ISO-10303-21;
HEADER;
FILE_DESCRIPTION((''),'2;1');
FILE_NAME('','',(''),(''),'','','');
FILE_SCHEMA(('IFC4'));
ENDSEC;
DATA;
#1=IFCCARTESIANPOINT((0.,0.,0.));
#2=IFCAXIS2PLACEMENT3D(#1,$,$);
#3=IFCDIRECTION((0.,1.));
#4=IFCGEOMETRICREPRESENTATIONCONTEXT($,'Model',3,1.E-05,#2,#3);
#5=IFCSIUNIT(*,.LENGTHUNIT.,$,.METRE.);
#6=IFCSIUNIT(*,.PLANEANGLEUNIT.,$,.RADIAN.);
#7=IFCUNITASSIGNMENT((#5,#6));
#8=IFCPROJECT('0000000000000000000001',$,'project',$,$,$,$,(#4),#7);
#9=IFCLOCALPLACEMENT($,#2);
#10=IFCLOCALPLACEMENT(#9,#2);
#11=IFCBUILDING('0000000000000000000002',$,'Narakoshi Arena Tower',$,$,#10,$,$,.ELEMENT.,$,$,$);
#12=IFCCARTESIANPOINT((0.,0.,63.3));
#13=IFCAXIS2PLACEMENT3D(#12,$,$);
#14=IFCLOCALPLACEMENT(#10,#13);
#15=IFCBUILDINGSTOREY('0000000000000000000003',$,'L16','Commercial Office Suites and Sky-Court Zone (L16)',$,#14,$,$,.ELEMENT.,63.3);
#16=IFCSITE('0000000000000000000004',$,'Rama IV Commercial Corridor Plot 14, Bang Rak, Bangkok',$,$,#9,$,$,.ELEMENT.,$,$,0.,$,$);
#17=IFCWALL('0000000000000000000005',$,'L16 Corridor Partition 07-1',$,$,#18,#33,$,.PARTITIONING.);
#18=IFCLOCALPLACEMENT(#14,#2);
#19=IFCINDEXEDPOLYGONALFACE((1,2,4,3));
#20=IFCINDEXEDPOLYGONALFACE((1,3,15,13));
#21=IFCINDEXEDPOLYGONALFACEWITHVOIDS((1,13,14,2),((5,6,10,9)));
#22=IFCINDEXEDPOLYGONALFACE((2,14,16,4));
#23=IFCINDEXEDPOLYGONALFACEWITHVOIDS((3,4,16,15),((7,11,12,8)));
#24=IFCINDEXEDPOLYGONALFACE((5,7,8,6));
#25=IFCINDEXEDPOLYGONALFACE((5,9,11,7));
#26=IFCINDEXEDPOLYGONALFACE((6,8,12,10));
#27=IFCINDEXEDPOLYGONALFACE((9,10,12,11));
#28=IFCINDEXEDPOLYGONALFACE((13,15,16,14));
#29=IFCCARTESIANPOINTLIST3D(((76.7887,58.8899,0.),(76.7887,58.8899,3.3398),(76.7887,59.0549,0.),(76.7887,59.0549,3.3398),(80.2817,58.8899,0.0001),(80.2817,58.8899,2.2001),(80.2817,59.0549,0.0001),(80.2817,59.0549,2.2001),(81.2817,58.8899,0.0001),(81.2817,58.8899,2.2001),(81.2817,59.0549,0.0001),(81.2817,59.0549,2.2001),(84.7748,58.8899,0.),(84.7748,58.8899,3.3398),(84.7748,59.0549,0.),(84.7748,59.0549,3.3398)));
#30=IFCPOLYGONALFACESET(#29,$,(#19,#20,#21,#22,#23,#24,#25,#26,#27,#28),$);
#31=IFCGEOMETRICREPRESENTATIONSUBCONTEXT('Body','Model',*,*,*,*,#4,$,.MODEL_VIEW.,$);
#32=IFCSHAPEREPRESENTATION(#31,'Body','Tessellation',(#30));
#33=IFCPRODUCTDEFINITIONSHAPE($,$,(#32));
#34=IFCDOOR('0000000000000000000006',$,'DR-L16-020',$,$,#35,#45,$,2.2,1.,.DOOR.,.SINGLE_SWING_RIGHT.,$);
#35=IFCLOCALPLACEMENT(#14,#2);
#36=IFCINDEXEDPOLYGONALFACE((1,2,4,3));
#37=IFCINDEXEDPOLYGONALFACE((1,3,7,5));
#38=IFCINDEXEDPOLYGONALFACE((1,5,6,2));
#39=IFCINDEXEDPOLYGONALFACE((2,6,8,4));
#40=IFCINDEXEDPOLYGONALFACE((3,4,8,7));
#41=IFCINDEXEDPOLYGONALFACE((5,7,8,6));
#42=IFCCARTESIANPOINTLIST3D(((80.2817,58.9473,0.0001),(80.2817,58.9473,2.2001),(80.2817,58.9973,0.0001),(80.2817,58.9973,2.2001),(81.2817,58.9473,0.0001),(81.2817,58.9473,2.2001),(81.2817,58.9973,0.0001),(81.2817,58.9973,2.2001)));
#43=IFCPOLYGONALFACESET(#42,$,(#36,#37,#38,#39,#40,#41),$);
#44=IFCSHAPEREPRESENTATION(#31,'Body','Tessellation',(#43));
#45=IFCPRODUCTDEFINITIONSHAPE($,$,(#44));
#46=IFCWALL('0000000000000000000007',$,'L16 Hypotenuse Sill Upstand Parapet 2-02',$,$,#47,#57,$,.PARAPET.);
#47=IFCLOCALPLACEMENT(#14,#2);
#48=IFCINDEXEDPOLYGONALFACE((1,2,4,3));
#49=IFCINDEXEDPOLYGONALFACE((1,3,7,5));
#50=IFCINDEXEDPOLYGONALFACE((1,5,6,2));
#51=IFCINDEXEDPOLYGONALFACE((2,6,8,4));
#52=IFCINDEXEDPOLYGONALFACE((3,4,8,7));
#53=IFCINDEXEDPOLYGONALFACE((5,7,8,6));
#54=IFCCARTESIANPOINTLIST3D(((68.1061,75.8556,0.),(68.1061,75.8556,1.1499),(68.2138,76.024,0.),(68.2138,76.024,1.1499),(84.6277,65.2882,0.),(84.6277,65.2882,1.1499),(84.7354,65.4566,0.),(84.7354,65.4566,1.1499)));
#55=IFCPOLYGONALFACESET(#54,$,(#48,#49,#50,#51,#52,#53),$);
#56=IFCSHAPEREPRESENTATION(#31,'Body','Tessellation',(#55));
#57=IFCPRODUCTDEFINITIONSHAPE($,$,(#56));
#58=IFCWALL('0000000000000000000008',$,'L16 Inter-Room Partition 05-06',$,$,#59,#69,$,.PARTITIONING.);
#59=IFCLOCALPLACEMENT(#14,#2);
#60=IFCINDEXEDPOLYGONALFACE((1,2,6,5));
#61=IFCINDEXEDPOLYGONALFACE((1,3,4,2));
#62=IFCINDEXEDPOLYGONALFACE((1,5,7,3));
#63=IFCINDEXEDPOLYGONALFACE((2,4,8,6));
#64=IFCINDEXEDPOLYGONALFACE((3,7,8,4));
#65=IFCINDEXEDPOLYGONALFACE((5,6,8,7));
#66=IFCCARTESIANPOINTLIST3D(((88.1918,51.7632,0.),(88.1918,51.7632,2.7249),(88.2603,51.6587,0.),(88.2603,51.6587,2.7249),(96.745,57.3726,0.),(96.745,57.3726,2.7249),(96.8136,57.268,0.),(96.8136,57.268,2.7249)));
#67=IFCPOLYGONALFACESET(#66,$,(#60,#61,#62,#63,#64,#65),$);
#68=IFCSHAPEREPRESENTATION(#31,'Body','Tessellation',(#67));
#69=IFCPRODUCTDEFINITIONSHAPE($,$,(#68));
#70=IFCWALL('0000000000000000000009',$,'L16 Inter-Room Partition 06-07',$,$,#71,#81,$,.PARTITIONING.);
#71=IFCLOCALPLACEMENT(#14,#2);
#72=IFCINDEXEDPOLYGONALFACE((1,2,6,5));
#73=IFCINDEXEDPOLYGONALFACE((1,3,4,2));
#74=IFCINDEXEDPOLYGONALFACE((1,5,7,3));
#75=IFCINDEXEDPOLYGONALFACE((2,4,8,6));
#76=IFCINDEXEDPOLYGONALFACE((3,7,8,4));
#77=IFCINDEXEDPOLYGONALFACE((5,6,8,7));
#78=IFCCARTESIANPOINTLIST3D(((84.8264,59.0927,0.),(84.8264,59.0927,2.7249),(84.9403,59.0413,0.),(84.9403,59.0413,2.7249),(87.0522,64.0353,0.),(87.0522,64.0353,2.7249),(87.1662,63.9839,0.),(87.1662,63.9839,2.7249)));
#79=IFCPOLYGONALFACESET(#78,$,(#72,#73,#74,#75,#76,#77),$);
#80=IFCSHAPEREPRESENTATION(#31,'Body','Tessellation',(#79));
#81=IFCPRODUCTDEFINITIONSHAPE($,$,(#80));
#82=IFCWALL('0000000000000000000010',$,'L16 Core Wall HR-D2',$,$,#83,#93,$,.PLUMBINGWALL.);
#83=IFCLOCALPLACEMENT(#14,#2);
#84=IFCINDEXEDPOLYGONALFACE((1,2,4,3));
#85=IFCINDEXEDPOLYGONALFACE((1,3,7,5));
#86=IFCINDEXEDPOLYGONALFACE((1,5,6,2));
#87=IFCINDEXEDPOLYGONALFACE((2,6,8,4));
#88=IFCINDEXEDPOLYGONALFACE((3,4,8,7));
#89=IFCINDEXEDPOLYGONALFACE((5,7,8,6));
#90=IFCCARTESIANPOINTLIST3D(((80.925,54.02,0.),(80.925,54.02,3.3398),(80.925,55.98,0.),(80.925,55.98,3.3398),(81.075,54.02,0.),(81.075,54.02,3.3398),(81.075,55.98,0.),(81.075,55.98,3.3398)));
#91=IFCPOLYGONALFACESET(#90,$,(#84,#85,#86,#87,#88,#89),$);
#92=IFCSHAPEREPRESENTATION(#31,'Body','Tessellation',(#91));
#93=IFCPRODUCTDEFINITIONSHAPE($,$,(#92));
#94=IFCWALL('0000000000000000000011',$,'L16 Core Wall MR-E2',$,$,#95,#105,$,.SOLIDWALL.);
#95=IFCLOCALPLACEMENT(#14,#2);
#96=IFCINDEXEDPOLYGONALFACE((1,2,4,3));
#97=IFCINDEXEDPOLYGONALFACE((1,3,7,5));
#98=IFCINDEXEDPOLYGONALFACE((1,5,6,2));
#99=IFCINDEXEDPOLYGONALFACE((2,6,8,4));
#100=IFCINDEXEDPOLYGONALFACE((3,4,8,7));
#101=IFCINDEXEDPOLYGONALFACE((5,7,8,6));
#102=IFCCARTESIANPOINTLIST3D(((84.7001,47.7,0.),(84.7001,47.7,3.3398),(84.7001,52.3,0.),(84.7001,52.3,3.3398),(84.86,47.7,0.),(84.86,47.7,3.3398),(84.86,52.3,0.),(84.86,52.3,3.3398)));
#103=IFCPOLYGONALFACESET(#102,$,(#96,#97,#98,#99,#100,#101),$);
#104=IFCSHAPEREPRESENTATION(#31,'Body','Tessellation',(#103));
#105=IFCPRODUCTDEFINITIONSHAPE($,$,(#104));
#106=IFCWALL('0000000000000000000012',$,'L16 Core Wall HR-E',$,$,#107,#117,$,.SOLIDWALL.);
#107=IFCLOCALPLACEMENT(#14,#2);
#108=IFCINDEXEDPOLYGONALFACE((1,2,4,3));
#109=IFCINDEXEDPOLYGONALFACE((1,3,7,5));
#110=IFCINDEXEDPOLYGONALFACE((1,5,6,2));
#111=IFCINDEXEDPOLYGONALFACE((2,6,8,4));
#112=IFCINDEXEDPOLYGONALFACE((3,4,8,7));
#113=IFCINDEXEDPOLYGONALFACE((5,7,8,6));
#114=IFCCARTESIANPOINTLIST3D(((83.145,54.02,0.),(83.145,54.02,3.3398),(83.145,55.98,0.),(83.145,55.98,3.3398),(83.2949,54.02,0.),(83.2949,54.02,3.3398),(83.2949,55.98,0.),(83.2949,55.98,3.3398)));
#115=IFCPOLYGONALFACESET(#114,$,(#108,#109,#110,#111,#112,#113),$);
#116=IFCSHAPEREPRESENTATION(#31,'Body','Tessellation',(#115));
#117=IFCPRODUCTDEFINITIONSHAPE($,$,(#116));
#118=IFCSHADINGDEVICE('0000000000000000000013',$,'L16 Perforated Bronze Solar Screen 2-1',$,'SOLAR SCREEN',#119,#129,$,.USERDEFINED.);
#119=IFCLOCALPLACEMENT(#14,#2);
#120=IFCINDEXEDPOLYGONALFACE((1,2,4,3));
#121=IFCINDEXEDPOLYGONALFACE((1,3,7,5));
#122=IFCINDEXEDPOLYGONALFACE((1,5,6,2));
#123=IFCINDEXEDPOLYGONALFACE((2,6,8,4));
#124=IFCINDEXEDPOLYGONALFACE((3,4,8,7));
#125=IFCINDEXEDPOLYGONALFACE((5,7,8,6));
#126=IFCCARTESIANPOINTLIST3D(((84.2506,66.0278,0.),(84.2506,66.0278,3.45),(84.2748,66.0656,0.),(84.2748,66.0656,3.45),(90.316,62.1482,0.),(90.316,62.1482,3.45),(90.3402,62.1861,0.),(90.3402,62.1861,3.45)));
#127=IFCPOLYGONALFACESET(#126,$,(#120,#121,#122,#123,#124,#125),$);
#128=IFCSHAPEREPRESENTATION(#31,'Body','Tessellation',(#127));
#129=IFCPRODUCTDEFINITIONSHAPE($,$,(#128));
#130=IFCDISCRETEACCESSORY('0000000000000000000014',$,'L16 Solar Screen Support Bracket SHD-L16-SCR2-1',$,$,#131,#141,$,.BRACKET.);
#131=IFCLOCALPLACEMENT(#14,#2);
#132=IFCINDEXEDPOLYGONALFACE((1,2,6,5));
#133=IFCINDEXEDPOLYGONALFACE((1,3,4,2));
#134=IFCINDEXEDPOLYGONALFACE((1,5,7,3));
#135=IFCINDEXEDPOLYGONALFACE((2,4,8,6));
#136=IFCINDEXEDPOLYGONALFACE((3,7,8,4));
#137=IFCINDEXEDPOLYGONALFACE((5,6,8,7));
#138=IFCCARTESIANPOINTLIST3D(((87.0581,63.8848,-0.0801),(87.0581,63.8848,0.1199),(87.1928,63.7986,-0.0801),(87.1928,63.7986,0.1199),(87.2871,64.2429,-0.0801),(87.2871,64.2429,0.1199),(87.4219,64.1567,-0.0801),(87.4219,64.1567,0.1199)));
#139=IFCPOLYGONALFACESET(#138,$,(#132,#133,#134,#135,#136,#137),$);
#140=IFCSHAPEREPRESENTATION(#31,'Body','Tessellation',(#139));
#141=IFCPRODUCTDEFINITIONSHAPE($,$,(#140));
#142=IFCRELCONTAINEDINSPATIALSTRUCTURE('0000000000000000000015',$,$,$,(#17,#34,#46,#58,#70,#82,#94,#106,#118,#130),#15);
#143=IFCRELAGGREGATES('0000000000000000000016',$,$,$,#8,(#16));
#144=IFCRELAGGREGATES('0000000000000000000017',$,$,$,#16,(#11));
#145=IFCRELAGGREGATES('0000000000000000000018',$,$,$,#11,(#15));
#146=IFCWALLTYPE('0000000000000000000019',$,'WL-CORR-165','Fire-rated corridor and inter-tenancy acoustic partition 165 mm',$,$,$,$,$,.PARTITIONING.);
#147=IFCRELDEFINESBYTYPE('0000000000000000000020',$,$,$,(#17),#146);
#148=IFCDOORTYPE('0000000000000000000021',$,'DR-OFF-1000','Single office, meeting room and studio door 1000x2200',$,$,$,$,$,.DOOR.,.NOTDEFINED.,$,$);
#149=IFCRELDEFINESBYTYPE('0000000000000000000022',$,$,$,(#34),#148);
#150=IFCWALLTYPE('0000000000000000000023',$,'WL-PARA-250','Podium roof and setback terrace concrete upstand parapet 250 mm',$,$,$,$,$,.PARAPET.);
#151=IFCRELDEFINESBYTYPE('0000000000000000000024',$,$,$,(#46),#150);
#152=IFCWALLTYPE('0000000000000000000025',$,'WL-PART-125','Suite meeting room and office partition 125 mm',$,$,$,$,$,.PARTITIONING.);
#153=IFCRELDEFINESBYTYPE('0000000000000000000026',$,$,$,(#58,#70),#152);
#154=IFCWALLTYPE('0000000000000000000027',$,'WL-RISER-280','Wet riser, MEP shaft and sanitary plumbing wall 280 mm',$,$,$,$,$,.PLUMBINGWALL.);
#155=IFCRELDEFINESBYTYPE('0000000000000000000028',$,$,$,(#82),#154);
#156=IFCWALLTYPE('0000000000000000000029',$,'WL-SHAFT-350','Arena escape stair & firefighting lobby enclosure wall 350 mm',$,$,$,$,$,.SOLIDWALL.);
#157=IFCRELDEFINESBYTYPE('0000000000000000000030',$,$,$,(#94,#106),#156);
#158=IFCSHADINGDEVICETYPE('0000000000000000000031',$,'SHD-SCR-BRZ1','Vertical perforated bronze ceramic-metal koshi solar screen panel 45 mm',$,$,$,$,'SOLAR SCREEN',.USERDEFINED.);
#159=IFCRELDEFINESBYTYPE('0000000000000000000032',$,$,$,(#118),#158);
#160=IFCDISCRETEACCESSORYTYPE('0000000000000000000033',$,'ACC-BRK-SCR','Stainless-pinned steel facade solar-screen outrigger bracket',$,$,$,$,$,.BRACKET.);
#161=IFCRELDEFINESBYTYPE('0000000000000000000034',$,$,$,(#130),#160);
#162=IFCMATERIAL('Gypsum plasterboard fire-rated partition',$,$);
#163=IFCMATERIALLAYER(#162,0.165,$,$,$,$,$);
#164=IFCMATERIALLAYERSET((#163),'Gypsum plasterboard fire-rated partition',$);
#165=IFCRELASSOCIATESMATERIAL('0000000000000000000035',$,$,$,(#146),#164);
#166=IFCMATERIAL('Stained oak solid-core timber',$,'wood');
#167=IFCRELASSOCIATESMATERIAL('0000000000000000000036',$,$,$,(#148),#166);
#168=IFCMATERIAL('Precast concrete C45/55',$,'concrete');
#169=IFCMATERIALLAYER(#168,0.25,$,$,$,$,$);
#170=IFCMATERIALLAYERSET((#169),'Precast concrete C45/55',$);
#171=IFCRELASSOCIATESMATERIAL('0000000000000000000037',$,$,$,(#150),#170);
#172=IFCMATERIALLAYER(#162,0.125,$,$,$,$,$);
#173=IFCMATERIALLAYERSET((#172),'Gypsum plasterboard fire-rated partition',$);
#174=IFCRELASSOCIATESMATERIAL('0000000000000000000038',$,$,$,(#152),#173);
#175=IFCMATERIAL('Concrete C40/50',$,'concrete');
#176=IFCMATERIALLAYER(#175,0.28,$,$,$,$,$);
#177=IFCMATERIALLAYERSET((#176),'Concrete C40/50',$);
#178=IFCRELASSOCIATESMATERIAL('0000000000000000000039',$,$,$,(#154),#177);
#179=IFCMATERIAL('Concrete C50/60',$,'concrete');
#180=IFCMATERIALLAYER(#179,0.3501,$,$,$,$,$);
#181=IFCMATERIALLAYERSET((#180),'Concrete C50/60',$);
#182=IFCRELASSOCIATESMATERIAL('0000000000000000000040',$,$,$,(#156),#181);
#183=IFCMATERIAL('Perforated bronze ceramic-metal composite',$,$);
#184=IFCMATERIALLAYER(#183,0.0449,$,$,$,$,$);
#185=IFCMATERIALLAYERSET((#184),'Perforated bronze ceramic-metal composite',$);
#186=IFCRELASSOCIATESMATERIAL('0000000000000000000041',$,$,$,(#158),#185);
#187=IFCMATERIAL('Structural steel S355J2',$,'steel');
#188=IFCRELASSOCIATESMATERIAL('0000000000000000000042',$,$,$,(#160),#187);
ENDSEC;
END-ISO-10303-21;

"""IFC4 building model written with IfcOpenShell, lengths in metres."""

from ifc_helpers import new_model, si_unit, direction, frame, frame_2d, origin, origin_2d, place, context, subcontext, project, spatial, rectangle, extrude, material, layer, layer_set, type_object, element, fill, save


model = new_model("IFC4")

# Units and contexts
model_context = context("Model", 3, precision=1e-05, world=origin(), true_north=direction((0.0, 1.0)))
body_context = subcontext(model_context, "Body", "Model", "MODEL_VIEW")
ifc_project = project(units=[si_unit("LENGTHUNIT", "METRE"), si_unit("PLANEANGLEUNIT", "RADIAN")], contexts=[model_context])

# Site, building, storey
site_placement = place(None, origin())
site = spatial("IfcSite", under=ifc_project, at=site_placement, Name="Rama IV Commercial Corridor Plot 14, Bang Rak, Bangkok", CompositionType="ELEMENT", RefElevation=0.0)
building_placement = place(site_placement, origin())
building = spatial("IfcBuilding", under=site, at=building_placement, Name="Narakoshi Arena Tower", CompositionType="ELEMENT")
storey_placement = place(building_placement, frame((0.0, 0.0, 63.3)))
storey = spatial("IfcBuildingStorey", under=building, at=storey_placement, Name="L16", Description="Commercial Office Suites and Sky-Court Zone (L16)", CompositionType="ELEMENT", Elevation=63.3)

# Shared definitions
ifc_material_1 = material(Name="Structural steel S355J2", Category="steel")

# Shared definitions
ifc_material_2 = material(Name="Gypsum plasterboard fire-rated partition")
ifc_layer_1 = layer(ifc_material_2, 0.165)
ifc_layer_set_1 = layer_set([ifc_layer_1], Name="Gypsum plasterboard fire-rated partition")
wall_type_1 = type_object("IfcWallType", Name="WL-CORR-165", Description="Fire-rated corridor and inter-tenancy acoustic partition 165 mm", PredefinedType="PARTITIONING", material=ifc_layer_set_1)
ifc_material_3 = material(Name="Stained oak solid-core timber", Category="wood")
door_type = type_object("IfcDoorType", Name="DR-OFF-1000", Description="Single office, meeting room and studio door 1000x2200", OperationType="NOTDEFINED", PredefinedType="DOOR", material=ifc_material_3)

# Wall, opening, door
wall_1_placement = place(storey_placement, frame((84.7749, 58.9724, 0.0), z_axis=(0.0, 0.0, 1.0), x_axis=(-1.0, 0.0, 0.0)))
wall_1 = element("IfcWall", 1, at=wall_1_placement, inside=storey, type_object=wall_type_1, Name="L16 Corridor Partition 07-1", PredefinedType="PARTITIONING", context=body_context, shape_type="SweptSolid", body=[
    extrude(rectangle(XDim=7.9861, YDim=0.165, at=frame_2d((3.9932, 0.0))), origin(), (0.0, 0.0, 1.0), 3.3398),
])
opening_1_placement = place(wall_1_placement, frame((3.4932, 0.0, 0.0)))
opening_1 = element("IfcOpeningElement", 2, at=opening_1_placement, cuts=wall_1, PredefinedType="OPENING", context=body_context, shape_type="SweptSolid", body=[
    extrude(rectangle(XDim=1.0, YDim=2.2, at=frame_2d((0.5, 1.1001))), frame((0.0, 0.0925, 0.0), z_axis=(0.0, -1.0, 0.0), x_axis=(1.0, 0.0, 0.0)), (0.0, 0.0, 1.0), 0.1851),
])
door_1_placement = place(opening_1_placement, frame((1.0, 0.0, 0.0), z_axis=(0.0, 0.0, 1.0), x_axis=(-1.0, 0.0, 0.0)))
door_1 = element("IfcDoor", 3, at=door_1_placement, inside=storey, type_object=door_type, Name="DR-L16-020", OperationType="SINGLE_SWING_RIGHT", OverallHeight=2.2, OverallWidth=1.0, PredefinedType="DOOR", context=body_context, shape_type="SweptSolid", body=[
    extrude(rectangle(XDim=1.0, YDim=2.2, at=frame_2d((0.5, 1.1001))), frame((0.0, 0.0249, 0.0), z_axis=(0.0, -1.0, 0.0), x_axis=(1.0, 0.0, 0.0)), (0.0, 0.0, 1.0), 0.05),
])
fill(opening_1, door_1)

# Walls
ifc_material_4 = material(Name="Precast concrete C45/55", Category="concrete")
ifc_layer_2 = layer(ifc_material_4, 0.25)
ifc_layer_set_2 = layer_set([ifc_layer_2], Name="Precast concrete C45/55")
wall_type_2 = type_object("IfcWallType", Name="WL-PARA-250", Description="Podium roof and setback terrace concrete upstand parapet 250 mm", PredefinedType="PARAPET", material=ifc_layer_set_2)
wall_2_placement = place(storey_placement, frame((84.6816, 65.3723, 0.0), z_axis=(0.0, 0.0, 1.0), x_axis=(-0.842419, 0.538823, 0.0)))
element("IfcWall", 4, at=wall_2_placement, inside=storey, type_object=wall_type_2, Name="L16 Hypotenuse Sill Upstand Parapet 2-02", PredefinedType="PARAPET", context=body_context, shape_type="SweptSolid", body=[
    extrude(rectangle(XDim=19.6121, YDim=0.2, at=frame_2d((9.8062, 0.0))), origin(), (0.0, 0.0, 1.0), 1.1499),
])
ifc_layer_3 = layer(ifc_material_2, 0.125)
ifc_layer_set_3 = layer_set([ifc_layer_3], Name="Gypsum plasterboard fire-rated partition")
wall_type_3 = type_object("IfcWallType", Name="WL-PART-125", Description="Suite meeting room and office partition 125 mm", PredefinedType="PARTITIONING", material=ifc_layer_set_3)
wall_3_placement = place(storey_placement, frame((88.2261, 51.7109, 0.0), z_axis=(0.0, 0.0, 1.0), x_axis=(0.836213, 0.548405, 0.0)))
element("IfcWall", 5, at=wall_3_placement, inside=storey, type_object=wall_type_3, Name="L16 Inter-Room Partition 05-06", PredefinedType="PARTITIONING", context=body_context, shape_type="SweptSolid", body=[
    extrude(rectangle(XDim=10.2285, YDim=0.125, at=frame_2d((5.1143, 0.0))), origin(), (0.0, 0.0, 1.0), 2.7249),
])
wall_4_placement = place(storey_placement, frame((84.8833, 59.0669, 0.0), z_axis=(0.0, 0.0, 1.0), x_axis=(0.410617, 0.911808, 0.0)))
element("IfcWall", 6, at=wall_4_placement, inside=storey, type_object=wall_type_3, Name="L16 Inter-Room Partition 06-07", PredefinedType="PARTITIONING", context=body_context, shape_type="SweptSolid", body=[
    extrude(rectangle(XDim=5.4207, YDim=0.125, at=frame_2d((2.7104, 0.0))), origin(), (0.0, 0.0, 1.0), 2.7249),
])
ifc_material_5 = material(Name="Concrete C40/50", Category="concrete")
ifc_layer_4 = layer(ifc_material_5, 0.28)
ifc_layer_set_4 = layer_set([ifc_layer_4], Name="Concrete C40/50")
wall_type_4 = type_object("IfcWallType", Name="WL-RISER-280", Description="Wet riser, MEP shaft and sanitary plumbing wall 280 mm", PredefinedType="PLUMBINGWALL", material=ifc_layer_set_4)
wall_5_placement = place(storey_placement, frame((81.0, 54.02, 0.0), z_axis=(0.0, 0.0, 1.0), x_axis=(0.0, 1.0, 0.0)))
element("IfcWall", 7, at=wall_5_placement, inside=storey, type_object=wall_type_4, Name="L16 Core Wall HR-D2", PredefinedType="PLUMBINGWALL", context=body_context, shape_type="SweptSolid", body=[
    extrude(rectangle(XDim=1.96, YDim=0.1499, at=frame_2d((0.98, 0.0))), origin(), (0.0, 0.0, 1.0), 3.3398),
])
ifc_material_6 = material(Name="Concrete C50/60", Category="concrete")
ifc_layer_5 = layer(ifc_material_6, 0.3501)
ifc_layer_set_5 = layer_set([ifc_layer_5], Name="Concrete C50/60")
wall_type_5 = type_object("IfcWallType", Name="WL-SHAFT-350", Description="Arena escape stair & firefighting lobby enclosure wall 350 mm", PredefinedType="SOLIDWALL", material=ifc_layer_set_5)
wall_6_placement = place(storey_placement, frame((84.78, 47.7, 0.0), z_axis=(0.0, 0.0, 1.0), x_axis=(0.0, 1.0, 0.0)))
element("IfcWall", 8, at=wall_6_placement, inside=storey, type_object=wall_type_5, Name="L16 Core Wall MR-E2", PredefinedType="SOLIDWALL", context=body_context, shape_type="SweptSolid", body=[
    extrude(rectangle(XDim=4.6001, YDim=0.1599, at=frame_2d((2.3, 0.0))), origin(), (0.0, 0.0, 1.0), 3.3398),
])
wall_7_placement = place(storey_placement, frame((83.22, 54.02, 0.0), z_axis=(0.0, 0.0, 1.0), x_axis=(0.0, 1.0, 0.0)))
element("IfcWall", 9, at=wall_7_placement, inside=storey, type_object=wall_type_5, Name="L16 Core Wall HR-E", PredefinedType="SOLIDWALL", context=body_context, shape_type="SweptSolid", body=[
    extrude(rectangle(XDim=1.96, YDim=0.1499, at=frame_2d((0.98, 0.0))), origin(), (0.0, 0.0, 1.0), 3.3398),
])

# Shading device
ifc_material_7 = material(Name="Perforated bronze ceramic-metal composite")
ifc_layer_6 = layer(ifc_material_7, 0.0449)
ifc_layer_set_6 = layer_set([ifc_layer_6], Name="Perforated bronze ceramic-metal composite")
shading_device_type = type_object("IfcShadingDeviceType", Name="SHD-SCR-BRZ1", Description="Vertical perforated bronze ceramic-metal koshi solar screen panel 45 mm", ElementType="SOLAR SCREEN", PredefinedType="USERDEFINED", material=ifc_layer_set_6)
shading_device_placement = place(storey_placement, frame((87.2954, 64.1069, 0.0), z_axis=(0.0, 0.0, 1.0), x_axis=(-0.842415, 0.53883, 0.0)))
element("IfcShadingDevice", 10, at=shading_device_placement, inside=storey, type_object=shading_device_type, Name="L16 Perforated Bronze Solar Screen 2-1", ObjectType="SOLAR SCREEN", PredefinedType="USERDEFINED", context=body_context, shape_type="SweptSolid", body=[
    extrude(rectangle(XDim=7.2, YDim=0.0449, at=origin_2d()), origin(), (0.0, 0.0, 1.0), 3.45),
])

# Discrete accessory
discrete_accessory_type = type_object("IfcDiscreteAccessoryType", Name="ACC-BRK-SCR", Description="Stainless-pinned steel facade solar-screen outrigger bracket", PredefinedType="BRACKET", material=ifc_material_1)
discrete_accessory_placement = place(storey_placement, frame((87.24, 64.0208, -0.0801), z_axis=(0.0, 0.0, 1.0), x_axis=(-0.842415, 0.53883, 0.0)))
element("IfcDiscreteAccessory", 11, at=discrete_accessory_placement, inside=storey, type_object=discrete_accessory_type, Name="L16 Solar Screen Support Bracket SHD-L16-SCR2-1", PredefinedType="BRACKET", context=body_context, shape_type="SweptSolid", body=[
    extrude(rectangle(XDim=0.1599, YDim=0.425, at=origin_2d()), origin(), (0.0, 0.0, 1.0), 0.2),
])

save(model, "model.ifc")
